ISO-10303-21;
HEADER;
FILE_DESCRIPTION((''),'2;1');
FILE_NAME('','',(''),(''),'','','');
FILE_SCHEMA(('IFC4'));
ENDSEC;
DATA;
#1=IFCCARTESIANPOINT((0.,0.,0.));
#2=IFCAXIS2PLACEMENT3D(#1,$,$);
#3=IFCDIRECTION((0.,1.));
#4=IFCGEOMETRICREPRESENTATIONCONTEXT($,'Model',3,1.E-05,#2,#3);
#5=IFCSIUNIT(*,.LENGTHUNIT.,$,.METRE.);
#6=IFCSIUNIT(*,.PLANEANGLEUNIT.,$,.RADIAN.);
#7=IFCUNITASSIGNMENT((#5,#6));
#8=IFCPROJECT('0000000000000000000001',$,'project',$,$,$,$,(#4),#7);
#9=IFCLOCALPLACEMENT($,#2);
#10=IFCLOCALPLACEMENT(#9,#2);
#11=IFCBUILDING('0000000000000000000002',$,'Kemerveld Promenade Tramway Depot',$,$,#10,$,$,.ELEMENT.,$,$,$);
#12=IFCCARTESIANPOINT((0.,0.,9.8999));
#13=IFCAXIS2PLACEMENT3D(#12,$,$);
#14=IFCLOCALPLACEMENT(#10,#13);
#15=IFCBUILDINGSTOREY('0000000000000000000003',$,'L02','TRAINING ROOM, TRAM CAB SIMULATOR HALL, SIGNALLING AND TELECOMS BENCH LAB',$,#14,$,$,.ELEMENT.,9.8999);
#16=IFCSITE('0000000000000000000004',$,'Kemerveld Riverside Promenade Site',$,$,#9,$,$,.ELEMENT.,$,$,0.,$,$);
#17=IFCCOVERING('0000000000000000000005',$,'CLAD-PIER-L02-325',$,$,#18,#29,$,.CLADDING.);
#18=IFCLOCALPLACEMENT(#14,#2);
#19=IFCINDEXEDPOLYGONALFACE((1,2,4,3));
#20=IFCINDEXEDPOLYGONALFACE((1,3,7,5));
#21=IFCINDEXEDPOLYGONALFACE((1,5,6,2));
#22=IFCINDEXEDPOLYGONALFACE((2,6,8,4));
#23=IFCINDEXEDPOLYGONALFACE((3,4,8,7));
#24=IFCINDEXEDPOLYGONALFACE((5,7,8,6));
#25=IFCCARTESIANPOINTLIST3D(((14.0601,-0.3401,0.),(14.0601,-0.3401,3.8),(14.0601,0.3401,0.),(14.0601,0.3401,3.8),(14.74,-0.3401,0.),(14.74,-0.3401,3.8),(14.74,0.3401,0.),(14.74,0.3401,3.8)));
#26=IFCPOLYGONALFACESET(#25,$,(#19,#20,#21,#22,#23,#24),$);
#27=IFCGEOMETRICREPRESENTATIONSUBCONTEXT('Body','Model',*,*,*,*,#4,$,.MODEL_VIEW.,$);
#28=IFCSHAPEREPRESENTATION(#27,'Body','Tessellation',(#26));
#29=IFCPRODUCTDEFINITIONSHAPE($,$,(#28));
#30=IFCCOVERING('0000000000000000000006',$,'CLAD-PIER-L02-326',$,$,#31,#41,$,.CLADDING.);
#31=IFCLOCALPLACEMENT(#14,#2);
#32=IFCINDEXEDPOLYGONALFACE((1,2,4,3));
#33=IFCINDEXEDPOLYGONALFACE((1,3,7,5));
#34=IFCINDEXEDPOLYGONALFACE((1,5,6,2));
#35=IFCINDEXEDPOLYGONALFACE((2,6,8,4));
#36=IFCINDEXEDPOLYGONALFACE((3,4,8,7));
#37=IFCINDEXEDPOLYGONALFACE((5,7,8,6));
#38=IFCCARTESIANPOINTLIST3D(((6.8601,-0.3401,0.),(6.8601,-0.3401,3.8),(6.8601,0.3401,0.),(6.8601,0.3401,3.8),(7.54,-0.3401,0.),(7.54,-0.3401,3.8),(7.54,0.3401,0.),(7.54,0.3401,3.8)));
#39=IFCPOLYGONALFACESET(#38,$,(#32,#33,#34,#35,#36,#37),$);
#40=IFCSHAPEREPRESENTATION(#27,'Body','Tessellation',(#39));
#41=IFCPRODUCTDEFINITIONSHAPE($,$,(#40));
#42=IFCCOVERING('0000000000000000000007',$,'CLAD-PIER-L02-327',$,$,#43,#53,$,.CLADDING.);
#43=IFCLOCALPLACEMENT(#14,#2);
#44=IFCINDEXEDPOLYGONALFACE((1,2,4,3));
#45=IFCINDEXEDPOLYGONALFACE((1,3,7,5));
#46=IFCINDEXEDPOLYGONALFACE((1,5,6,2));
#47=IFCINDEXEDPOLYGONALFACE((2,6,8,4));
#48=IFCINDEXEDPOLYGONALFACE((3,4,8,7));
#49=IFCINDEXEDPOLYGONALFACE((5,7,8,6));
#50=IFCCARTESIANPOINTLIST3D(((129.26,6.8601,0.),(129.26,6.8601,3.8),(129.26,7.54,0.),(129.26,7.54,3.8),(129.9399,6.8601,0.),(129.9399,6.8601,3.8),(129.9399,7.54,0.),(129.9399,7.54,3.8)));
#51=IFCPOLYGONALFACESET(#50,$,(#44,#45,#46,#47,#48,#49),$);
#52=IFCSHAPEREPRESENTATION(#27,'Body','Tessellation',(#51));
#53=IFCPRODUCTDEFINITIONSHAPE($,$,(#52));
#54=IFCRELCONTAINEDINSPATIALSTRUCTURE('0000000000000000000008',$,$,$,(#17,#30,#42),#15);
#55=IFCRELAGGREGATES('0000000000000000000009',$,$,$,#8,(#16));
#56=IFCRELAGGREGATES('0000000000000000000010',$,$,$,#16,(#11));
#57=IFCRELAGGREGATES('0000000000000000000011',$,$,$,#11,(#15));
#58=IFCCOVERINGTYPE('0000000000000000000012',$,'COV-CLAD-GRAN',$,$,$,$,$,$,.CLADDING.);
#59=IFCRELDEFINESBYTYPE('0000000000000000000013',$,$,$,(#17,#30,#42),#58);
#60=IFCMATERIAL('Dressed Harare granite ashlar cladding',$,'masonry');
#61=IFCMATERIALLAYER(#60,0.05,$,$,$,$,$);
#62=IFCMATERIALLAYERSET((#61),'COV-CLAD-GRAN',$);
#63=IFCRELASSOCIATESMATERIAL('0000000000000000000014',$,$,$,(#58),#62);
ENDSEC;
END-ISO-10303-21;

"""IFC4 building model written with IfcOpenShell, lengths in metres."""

from ifc_helpers import new_model, si_unit, direction, frame, origin, place, context, subcontext, project, spatial, polyline, outline, extrude, material, layer, layer_set, type_object, element, save


model = new_model("IFC4")

# Units and contexts
model_context = context("Model", 3, precision=1e-05, world=origin(), true_north=direction((0.0, 1.0)))
body_context = subcontext(model_context, "Body", "Model", "MODEL_VIEW")
ifc_project = project(units=[si_unit("LENGTHUNIT", "METRE"), si_unit("PLANEANGLEUNIT", "RADIAN")], contexts=[model_context])

# Site, building, storey
site_placement = place(None, origin())
site = spatial("IfcSite", under=ifc_project, at=site_placement, Name="Kemerveld Riverside Promenade Site", CompositionType="ELEMENT", RefElevation=0.0)
building_placement = place(site_placement, origin())
building = spatial("IfcBuilding", under=site, at=building_placement, Name="Kemerveld Promenade Tramway Depot", CompositionType="ELEMENT")
storey_placement = place(building_placement, frame((0.0, 0.0, 9.8999)))
storey = spatial("IfcBuildingStorey", under=building, at=storey_placement, Name="L02", Description="TRAINING ROOM, TRAM CAB SIMULATOR HALL, SIGNALLING AND TELECOMS BENCH LAB", CompositionType="ELEMENT", Elevation=9.8999)

# Coverings
ifc_material_1 = material(Name="Dressed Harare granite ashlar cladding", Category="masonry")
ifc_layer = layer(ifc_material_1, 0.05)
ifc_layer_set = layer_set([ifc_layer], Name="COV-CLAD-GRAN")
covering_type = type_object("IfcCoveringType", Name="COV-CLAD-GRAN", PredefinedType="CLADDING", material=ifc_layer_set)
covering_1_placement = place(storey_placement, origin())
element("IfcCovering", 1, at=covering_1_placement, inside=storey, type_object=covering_type, Name="CLAD-PIER-L02-325", PredefinedType="CLADDING", context=body_context, shape_type="SweptSolid", body=[
    extrude(outline(polyline([(14.0601, -0.3401), (14.74, -0.3401), (14.74, 0.3401), (14.0601, 0.3401), (14.0601, -0.3401)])), origin(), (0.0, 0.0, 1.0), 3.8),
])
covering_2_placement = place(storey_placement, origin())
element("IfcCovering", 2, at=covering_2_placement, inside=storey, type_object=covering_type, Name="CLAD-PIER-L02-326", PredefinedType="CLADDING", context=body_context, shape_type="SweptSolid", body=[
    extrude(outline(polyline([(6.8601, -0.3401), (7.54, -0.3401), (7.54, 0.3401), (6.8601, 0.3401), (6.8601, -0.3401)])), origin(), (0.0, 0.0, 1.0), 3.8),
])
covering_3_placement = place(storey_placement, origin())
element("IfcCovering", 3, at=covering_3_placement, inside=storey, type_object=covering_type, Name="CLAD-PIER-L02-327", PredefinedType="CLADDING", context=body_context, shape_type="SweptSolid", body=[
    extrude(outline(polyline([(129.26, 6.8601), (129.9399, 6.8601), (129.9399, 7.54), (129.26, 7.54), (129.26, 6.8601)])), origin(), (0.0, 0.0, 1.0), 3.8),
])

save(model, "model.ifc")
